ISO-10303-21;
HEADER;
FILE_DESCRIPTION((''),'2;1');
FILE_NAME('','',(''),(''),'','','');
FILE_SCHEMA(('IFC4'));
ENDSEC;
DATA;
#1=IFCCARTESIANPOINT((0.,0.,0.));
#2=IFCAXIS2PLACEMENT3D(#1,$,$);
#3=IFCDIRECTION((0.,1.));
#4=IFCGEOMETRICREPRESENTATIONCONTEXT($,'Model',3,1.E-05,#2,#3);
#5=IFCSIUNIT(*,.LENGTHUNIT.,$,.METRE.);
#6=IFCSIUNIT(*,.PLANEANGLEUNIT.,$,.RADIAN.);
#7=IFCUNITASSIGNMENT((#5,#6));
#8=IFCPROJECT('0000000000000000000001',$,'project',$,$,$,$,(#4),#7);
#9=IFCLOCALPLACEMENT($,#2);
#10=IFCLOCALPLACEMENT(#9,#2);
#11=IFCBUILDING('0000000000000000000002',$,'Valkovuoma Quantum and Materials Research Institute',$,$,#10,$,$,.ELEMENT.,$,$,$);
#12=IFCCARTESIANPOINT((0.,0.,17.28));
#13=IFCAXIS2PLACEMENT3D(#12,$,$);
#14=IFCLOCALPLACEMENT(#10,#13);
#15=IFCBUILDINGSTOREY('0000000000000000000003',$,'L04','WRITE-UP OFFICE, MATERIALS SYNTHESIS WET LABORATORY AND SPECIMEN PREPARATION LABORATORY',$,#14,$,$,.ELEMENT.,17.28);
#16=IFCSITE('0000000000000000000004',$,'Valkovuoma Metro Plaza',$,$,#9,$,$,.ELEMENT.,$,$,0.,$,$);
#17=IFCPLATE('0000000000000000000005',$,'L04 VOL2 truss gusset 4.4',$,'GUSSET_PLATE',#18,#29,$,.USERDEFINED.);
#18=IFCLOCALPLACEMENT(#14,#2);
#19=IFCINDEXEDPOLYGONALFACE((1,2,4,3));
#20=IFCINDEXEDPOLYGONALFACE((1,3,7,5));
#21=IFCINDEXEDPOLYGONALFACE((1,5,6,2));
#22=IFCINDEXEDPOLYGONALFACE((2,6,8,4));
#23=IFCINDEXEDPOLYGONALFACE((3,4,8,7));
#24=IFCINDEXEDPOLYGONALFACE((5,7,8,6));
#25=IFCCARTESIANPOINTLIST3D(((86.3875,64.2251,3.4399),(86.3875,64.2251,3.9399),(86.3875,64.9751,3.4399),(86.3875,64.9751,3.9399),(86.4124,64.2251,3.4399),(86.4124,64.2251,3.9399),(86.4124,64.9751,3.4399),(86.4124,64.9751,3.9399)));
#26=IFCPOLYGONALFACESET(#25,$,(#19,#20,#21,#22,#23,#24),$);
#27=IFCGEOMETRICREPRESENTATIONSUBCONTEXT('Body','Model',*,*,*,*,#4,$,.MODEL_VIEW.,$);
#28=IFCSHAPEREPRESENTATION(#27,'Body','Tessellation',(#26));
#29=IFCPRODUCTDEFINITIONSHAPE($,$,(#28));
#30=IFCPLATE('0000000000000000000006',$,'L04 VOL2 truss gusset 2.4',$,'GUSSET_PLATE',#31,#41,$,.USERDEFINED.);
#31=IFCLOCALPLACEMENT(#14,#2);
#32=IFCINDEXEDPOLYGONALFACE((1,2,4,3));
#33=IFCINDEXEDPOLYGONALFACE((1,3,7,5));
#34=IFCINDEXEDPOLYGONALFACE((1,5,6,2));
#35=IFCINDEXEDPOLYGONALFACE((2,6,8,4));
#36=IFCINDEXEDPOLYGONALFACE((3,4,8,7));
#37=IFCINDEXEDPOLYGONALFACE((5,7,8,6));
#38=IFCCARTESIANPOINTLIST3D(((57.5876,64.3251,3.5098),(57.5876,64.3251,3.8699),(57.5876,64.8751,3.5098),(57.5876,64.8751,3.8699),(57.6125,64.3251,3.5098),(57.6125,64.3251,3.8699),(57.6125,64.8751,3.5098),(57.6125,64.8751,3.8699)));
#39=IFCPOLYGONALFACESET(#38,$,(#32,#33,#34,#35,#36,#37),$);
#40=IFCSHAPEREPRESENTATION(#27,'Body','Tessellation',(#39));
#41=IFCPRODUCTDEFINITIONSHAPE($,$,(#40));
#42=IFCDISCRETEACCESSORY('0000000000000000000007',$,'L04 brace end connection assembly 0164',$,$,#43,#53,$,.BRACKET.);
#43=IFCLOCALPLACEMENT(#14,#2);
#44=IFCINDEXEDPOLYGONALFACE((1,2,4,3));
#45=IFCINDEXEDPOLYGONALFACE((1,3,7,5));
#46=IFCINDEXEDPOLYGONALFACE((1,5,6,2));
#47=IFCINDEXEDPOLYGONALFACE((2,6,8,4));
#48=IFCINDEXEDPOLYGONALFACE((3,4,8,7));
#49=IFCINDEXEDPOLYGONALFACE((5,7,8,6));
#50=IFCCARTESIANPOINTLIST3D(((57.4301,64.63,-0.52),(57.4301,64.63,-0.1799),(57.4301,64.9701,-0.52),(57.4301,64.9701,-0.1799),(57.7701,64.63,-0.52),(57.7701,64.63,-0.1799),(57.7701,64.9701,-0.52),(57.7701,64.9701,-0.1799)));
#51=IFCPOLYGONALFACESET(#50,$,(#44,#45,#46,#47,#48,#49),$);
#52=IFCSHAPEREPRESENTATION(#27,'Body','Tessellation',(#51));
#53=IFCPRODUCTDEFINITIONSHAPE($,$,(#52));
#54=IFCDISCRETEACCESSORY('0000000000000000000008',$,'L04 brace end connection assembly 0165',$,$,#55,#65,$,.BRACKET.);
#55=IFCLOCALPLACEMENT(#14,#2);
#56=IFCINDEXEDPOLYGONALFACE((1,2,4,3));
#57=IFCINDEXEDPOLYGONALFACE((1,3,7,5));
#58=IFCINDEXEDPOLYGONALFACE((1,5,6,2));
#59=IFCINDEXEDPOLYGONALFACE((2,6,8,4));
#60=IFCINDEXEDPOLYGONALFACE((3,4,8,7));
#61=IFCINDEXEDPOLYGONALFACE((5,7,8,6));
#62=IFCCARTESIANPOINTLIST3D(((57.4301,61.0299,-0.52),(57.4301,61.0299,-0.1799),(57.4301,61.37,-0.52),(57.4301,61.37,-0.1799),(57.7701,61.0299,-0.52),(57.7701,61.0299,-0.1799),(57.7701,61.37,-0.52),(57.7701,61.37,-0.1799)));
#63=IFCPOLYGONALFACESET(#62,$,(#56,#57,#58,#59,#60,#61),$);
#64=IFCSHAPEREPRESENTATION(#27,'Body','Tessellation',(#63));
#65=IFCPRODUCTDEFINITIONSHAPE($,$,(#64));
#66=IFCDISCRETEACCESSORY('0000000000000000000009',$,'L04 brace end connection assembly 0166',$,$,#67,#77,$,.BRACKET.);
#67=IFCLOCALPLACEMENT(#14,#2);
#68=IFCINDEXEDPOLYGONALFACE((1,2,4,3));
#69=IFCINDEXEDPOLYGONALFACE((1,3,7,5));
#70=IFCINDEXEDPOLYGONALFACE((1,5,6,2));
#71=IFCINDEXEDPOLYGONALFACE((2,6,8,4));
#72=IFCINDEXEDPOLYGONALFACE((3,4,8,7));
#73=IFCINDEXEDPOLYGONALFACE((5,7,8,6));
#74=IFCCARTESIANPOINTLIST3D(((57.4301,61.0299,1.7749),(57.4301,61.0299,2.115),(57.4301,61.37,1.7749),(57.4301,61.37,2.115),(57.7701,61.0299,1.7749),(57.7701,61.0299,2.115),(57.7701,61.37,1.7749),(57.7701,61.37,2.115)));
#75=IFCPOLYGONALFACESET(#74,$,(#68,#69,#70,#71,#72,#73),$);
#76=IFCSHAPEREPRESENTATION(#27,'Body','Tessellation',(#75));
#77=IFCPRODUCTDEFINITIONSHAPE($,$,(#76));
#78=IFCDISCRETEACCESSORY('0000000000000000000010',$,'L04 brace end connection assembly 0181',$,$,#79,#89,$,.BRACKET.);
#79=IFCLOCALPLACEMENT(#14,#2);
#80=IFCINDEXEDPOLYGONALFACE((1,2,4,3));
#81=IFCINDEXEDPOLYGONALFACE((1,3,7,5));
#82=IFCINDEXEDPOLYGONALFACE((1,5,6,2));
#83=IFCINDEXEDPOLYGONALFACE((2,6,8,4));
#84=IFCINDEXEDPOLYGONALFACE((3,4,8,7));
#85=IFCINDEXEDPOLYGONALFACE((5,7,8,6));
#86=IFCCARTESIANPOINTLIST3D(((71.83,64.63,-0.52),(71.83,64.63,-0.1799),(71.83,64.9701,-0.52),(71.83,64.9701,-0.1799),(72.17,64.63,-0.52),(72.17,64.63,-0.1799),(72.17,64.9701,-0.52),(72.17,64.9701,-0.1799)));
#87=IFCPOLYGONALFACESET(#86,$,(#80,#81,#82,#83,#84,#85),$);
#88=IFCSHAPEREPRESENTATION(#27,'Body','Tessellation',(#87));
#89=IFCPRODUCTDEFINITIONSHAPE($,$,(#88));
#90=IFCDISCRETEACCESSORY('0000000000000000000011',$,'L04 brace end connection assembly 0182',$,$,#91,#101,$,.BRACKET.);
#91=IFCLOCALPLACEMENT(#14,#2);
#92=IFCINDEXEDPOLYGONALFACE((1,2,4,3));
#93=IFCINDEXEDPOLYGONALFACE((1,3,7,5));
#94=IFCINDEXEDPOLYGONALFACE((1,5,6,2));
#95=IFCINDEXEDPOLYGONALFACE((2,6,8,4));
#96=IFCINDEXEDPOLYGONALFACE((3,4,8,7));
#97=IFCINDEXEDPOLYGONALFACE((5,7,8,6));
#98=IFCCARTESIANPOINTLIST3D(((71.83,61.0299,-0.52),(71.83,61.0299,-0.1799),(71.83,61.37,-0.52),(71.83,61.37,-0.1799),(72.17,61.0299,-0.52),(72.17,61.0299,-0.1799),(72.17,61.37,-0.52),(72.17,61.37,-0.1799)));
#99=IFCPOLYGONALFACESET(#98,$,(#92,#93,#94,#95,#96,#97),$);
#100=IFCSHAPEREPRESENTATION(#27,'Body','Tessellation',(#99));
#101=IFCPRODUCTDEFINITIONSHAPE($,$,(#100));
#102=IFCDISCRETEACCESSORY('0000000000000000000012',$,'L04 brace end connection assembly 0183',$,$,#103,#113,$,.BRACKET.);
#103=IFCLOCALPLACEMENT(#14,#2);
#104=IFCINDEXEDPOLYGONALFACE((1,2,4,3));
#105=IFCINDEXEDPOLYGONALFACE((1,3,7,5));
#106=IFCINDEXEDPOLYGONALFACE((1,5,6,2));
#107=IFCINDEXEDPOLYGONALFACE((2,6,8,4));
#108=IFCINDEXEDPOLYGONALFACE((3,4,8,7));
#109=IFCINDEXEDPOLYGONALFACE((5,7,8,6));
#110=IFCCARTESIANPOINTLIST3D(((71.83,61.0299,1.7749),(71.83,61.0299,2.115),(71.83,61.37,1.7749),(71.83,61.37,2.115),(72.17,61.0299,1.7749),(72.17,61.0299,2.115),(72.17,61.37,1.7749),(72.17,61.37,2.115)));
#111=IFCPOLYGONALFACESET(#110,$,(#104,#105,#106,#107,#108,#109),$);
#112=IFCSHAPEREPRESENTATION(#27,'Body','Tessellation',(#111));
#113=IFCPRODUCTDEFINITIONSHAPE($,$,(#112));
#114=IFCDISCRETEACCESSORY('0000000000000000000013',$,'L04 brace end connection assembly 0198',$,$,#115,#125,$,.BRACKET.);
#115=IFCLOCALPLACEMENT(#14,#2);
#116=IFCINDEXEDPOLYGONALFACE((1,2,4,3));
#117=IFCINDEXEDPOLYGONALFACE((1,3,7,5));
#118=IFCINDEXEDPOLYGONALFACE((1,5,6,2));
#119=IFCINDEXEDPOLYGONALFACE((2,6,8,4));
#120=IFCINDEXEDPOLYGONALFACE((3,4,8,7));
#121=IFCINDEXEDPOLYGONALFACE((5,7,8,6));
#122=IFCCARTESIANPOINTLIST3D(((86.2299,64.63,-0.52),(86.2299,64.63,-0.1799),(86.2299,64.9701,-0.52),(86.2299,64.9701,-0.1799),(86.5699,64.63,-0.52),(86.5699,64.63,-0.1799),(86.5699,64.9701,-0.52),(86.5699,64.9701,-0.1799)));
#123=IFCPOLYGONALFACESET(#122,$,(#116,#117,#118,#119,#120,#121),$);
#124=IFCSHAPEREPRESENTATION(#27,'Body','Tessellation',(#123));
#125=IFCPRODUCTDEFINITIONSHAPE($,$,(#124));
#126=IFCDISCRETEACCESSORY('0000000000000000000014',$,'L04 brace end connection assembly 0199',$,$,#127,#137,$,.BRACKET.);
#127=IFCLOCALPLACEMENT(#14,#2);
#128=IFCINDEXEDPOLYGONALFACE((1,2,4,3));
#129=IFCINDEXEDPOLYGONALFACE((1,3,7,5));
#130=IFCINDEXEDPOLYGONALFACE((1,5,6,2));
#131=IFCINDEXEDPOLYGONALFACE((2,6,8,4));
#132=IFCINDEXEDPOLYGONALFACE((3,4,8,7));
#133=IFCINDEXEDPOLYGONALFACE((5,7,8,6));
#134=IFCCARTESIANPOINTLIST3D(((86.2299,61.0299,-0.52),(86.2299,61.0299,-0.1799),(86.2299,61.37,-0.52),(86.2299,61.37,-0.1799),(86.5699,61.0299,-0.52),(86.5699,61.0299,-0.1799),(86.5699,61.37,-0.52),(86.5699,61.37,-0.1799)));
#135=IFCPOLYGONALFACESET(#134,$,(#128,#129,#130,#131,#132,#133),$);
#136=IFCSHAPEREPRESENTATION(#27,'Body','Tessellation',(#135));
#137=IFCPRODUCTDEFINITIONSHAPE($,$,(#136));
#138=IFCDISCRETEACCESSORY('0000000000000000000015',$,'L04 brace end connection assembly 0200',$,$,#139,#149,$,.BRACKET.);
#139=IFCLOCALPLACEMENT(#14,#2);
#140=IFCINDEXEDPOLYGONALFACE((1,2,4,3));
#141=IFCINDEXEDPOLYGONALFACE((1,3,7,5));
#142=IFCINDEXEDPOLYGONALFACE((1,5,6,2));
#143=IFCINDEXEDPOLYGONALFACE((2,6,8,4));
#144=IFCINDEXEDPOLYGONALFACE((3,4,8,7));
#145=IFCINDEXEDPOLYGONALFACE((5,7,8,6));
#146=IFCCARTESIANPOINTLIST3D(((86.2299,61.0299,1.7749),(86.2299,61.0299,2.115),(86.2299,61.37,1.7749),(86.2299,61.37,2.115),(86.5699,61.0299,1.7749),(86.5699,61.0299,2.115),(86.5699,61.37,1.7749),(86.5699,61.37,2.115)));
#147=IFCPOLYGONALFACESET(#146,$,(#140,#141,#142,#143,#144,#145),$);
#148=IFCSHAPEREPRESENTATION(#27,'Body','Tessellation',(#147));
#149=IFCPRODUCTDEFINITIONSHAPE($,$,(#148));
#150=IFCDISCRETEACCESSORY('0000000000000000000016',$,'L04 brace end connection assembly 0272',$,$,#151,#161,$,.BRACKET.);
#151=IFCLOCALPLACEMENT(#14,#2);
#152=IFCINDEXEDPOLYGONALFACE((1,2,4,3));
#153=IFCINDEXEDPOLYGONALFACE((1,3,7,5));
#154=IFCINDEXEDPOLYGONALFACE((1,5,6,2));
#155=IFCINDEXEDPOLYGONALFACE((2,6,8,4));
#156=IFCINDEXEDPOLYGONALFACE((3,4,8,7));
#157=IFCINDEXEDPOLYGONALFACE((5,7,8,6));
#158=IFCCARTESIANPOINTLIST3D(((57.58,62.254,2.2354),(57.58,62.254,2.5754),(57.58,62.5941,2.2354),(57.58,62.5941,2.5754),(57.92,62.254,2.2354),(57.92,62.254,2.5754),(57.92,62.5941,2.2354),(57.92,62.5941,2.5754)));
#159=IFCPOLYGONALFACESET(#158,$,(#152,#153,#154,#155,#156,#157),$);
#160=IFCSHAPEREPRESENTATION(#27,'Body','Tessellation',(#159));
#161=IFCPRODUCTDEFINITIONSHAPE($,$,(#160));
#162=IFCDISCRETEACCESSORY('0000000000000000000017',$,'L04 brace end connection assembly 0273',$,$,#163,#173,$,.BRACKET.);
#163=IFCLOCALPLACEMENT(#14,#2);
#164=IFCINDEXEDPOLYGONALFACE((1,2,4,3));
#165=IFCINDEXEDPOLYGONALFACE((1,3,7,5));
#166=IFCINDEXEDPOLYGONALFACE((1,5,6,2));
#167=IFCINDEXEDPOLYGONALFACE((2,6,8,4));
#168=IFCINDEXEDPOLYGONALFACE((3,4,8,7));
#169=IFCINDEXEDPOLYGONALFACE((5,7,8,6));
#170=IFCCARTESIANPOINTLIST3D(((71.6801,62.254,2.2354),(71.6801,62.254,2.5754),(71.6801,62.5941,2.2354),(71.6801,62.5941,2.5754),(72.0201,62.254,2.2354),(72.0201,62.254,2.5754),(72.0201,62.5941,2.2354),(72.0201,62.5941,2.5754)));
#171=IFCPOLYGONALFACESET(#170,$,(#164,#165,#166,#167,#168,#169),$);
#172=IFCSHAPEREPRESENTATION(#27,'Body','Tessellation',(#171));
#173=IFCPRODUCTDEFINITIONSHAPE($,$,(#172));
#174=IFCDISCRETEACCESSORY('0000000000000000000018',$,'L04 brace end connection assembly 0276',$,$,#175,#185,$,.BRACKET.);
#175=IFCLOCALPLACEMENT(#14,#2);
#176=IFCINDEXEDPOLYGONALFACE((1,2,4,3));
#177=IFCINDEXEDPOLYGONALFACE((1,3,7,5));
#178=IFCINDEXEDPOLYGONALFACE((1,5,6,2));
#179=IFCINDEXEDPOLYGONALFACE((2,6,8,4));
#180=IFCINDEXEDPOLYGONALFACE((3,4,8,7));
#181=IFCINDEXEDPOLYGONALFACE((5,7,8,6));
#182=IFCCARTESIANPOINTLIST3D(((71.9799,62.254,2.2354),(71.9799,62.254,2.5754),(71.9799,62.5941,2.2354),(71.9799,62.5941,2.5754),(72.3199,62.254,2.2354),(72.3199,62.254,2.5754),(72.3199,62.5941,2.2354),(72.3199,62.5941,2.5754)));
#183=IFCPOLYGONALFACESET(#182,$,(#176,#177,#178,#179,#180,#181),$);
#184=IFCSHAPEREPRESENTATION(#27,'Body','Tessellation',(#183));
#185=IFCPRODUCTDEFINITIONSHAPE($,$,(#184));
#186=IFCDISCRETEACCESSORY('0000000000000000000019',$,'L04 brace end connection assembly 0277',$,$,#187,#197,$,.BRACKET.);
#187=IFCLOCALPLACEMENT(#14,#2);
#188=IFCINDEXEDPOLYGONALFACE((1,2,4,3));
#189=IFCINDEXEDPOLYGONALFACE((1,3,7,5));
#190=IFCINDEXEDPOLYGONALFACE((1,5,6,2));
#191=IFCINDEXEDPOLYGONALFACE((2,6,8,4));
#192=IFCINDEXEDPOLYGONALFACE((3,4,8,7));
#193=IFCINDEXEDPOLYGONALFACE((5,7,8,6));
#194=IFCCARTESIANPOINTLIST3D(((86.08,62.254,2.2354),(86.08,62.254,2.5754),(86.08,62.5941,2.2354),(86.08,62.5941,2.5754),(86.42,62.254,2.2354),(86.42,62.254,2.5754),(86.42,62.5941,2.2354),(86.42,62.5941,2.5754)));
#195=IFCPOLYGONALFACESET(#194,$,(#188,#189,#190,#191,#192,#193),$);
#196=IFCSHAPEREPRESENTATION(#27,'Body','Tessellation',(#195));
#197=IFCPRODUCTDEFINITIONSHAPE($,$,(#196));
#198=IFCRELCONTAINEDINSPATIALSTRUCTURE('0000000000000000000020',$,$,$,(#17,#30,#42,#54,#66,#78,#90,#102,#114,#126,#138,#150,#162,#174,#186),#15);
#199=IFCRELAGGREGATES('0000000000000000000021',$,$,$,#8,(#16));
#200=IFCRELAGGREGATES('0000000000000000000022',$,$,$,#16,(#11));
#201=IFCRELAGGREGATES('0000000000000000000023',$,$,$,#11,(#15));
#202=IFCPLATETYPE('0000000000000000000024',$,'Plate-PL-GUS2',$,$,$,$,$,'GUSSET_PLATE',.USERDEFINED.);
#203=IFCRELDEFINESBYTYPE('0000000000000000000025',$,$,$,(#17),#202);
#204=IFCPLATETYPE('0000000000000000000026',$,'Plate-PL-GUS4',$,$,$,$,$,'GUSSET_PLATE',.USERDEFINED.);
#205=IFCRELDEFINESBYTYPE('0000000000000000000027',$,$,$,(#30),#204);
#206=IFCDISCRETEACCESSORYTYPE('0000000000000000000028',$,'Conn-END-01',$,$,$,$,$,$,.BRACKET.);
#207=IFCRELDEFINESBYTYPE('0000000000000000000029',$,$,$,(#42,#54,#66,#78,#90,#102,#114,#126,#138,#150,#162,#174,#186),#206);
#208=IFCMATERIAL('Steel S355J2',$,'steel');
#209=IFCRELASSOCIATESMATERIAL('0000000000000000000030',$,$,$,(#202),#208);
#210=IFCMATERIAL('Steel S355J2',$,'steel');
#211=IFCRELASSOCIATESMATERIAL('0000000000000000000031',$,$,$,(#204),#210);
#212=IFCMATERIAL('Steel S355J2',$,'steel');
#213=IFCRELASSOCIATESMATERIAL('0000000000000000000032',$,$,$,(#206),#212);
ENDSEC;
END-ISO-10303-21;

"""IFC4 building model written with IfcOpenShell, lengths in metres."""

from ifc_helpers import new_model, si_unit, direction, frame, origin, origin_2d, place, context, subcontext, project, spatial, rectangle, extrude, material, type_object, element, save


model = new_model("IFC4")

# Units and contexts
model_context = context("Model", 3, precision=1e-05, world=origin(), true_north=direction((0.0, 1.0)))
body_context = subcontext(model_context, "Body", "Model", "MODEL_VIEW")
ifc_project = project(units=[si_unit("LENGTHUNIT", "METRE"), si_unit("PLANEANGLEUNIT", "RADIAN")], contexts=[model_context])

# Site, building, storey
site_placement = place(None, origin())
site = spatial("IfcSite", under=ifc_project, at=site_placement, Name="Valkovuoma Metro Plaza", CompositionType="ELEMENT", RefElevation=0.0)
building_placement = place(site_placement, origin())
building = spatial("IfcBuilding", under=site, at=building_placement, Name="Valkovuoma Quantum and Materials Research Institute", CompositionType="ELEMENT")
storey_placement = place(building_placement, frame((0.0, 0.0, 17.28)))
storey = spatial("IfcBuildingStorey", under=building, at=storey_placement, Name="L04", Description="WRITE-UP OFFICE, MATERIALS SYNTHESIS WET LABORATORY AND SPECIMEN PREPARATION LABORATORY", CompositionType="ELEMENT", Elevation=17.28)

# Plates
ifc_material_1 = material(Name="Steel S355J2", Category="steel")
plate_type_1 = type_object("IfcPlateType", Name="Plate-PL-GUS2", ElementType="GUSSET_PLATE", PredefinedType="USERDEFINED", material=ifc_material_1)
plate_1_placement = place(storey_placement, frame((86.3999, 64.6001, 3.4399), z_axis=(0.0, 0.0, 1.0), x_axis=(0.0, 1.0, 0.0)))
element("IfcPlate", 1, at=plate_1_placement, inside=storey, type_object=plate_type_1, Name="L04 VOL2 truss gusset 4.4", ObjectType="GUSSET_PLATE", PredefinedType="USERDEFINED", context=body_context, shape_type="SweptSolid", body=[
    extrude(rectangle(XDim=0.75, YDim=0.0249, at=origin_2d()), origin(), (0.0, 0.0, 1.0), 0.5),
])
ifc_material_2 = material(Name="Steel S355J2", Category="steel")
plate_type_2 = type_object("IfcPlateType", Name="Plate-PL-GUS4", ElementType="GUSSET_PLATE", PredefinedType="USERDEFINED", material=ifc_material_2)
plate_2_placement = place(storey_placement, frame((57.6001, 64.6001, 3.5098), z_axis=(0.0, 0.0, 1.0), x_axis=(0.0, 1.0, 0.0)))
element("IfcPlate", 2, at=plate_2_placement, inside=storey, type_object=plate_type_2, Name="L04 VOL2 truss gusset 2.4", ObjectType="GUSSET_PLATE", PredefinedType="USERDEFINED", context=body_context, shape_type="SweptSolid", body=[
    extrude(rectangle(XDim=0.55, YDim=0.0249, at=origin_2d()), origin(), (0.0, 0.0, 1.0), 0.3601),
])

# Discrete accessories
ifc_material_3 = material(Name="Steel S355J2", Category="steel")
discrete_accessory_type = type_object("IfcDiscreteAccessoryType", Name="Conn-END-01", PredefinedType="BRACKET", material=ifc_material_3)
for number, where, z_axis, x_axis, name in (
    (3, (57.6001, 64.8, -0.52), (0.0, 0.0, 1.0), (1.0, 0.0, 0.0), "L04 brace end connection assembly 0164"),
    (4, (57.6001, 61.2, -0.52), (0.0, 0.0, 1.0), (1.0, 0.0, 0.0), "L04 brace end connection assembly 0165"),
    (5, (57.6001, 61.2, 1.7749), (0.0, 0.0, 1.0), (1.0, 0.0, 0.0), "L04 brace end connection assembly 0166"),
    (6, (72.0, 64.8, -0.52), (0.0, 0.0, 1.0), (1.0, 0.0, 0.0), "L04 brace end connection assembly 0181"),
    (7, (72.0, 61.2, -0.52), (0.0, 0.0, 1.0), (1.0, 0.0, 0.0), "L04 brace end connection assembly 0182"),
    (8, (72.0, 61.2, 1.7749), (0.0, 0.0, 1.0), (1.0, 0.0, 0.0), "L04 brace end connection assembly 0183"),
    (9, (86.3999, 64.8, -0.52), (0.0, 0.0, 1.0), (1.0, 0.0, 0.0), "L04 brace end connection assembly 0198"),
    (10, (86.3999, 61.2, -0.52), (0.0, 0.0, 1.0), (1.0, 0.0, 0.0), "L04 brace end connection assembly 0199"),
    (11, (86.3999, 61.2, 1.7749), (0.0, 0.0, 1.0), (1.0, 0.0, 0.0), "L04 brace end connection assembly 0200"),
    (12, (57.75, 62.4241, 2.2354), (0.0, 0.0, 1.0), (1.0, 0.0, 0.0), "L04 brace end connection assembly 0272"),
    (13, (71.8501, 62.4241, 2.2354), (0.0, 0.0, 1.0), (1.0, 0.0, 0.0), "L04 brace end connection assembly 0273"),
    (14, (72.1499, 62.4241, 2.2354), (0.0, 0.0, 1.0), (1.0, 0.0, 0.0), "L04 brace end connection assembly 0276"),
    (15, (86.25, 62.4241, 2.2354), (0.0, 0.0, 1.0), (1.0, 0.0, 0.0), "L04 brace end connection assembly 0277"),
):
    element("IfcDiscreteAccessory", number, at=place(storey_placement, frame(where, z_axis=z_axis, x_axis=x_axis)), inside=storey, type_object=discrete_accessory_type, Name=name, PredefinedType="BRACKET", context=body_context, shape_type="SweptSolid", body=[
        extrude(rectangle(XDim=0.3401, YDim=0.3401, at=origin_2d()), origin(), (0.0, 0.0, 1.0), 0.3401),
    ])

save(model, "model.ifc")
